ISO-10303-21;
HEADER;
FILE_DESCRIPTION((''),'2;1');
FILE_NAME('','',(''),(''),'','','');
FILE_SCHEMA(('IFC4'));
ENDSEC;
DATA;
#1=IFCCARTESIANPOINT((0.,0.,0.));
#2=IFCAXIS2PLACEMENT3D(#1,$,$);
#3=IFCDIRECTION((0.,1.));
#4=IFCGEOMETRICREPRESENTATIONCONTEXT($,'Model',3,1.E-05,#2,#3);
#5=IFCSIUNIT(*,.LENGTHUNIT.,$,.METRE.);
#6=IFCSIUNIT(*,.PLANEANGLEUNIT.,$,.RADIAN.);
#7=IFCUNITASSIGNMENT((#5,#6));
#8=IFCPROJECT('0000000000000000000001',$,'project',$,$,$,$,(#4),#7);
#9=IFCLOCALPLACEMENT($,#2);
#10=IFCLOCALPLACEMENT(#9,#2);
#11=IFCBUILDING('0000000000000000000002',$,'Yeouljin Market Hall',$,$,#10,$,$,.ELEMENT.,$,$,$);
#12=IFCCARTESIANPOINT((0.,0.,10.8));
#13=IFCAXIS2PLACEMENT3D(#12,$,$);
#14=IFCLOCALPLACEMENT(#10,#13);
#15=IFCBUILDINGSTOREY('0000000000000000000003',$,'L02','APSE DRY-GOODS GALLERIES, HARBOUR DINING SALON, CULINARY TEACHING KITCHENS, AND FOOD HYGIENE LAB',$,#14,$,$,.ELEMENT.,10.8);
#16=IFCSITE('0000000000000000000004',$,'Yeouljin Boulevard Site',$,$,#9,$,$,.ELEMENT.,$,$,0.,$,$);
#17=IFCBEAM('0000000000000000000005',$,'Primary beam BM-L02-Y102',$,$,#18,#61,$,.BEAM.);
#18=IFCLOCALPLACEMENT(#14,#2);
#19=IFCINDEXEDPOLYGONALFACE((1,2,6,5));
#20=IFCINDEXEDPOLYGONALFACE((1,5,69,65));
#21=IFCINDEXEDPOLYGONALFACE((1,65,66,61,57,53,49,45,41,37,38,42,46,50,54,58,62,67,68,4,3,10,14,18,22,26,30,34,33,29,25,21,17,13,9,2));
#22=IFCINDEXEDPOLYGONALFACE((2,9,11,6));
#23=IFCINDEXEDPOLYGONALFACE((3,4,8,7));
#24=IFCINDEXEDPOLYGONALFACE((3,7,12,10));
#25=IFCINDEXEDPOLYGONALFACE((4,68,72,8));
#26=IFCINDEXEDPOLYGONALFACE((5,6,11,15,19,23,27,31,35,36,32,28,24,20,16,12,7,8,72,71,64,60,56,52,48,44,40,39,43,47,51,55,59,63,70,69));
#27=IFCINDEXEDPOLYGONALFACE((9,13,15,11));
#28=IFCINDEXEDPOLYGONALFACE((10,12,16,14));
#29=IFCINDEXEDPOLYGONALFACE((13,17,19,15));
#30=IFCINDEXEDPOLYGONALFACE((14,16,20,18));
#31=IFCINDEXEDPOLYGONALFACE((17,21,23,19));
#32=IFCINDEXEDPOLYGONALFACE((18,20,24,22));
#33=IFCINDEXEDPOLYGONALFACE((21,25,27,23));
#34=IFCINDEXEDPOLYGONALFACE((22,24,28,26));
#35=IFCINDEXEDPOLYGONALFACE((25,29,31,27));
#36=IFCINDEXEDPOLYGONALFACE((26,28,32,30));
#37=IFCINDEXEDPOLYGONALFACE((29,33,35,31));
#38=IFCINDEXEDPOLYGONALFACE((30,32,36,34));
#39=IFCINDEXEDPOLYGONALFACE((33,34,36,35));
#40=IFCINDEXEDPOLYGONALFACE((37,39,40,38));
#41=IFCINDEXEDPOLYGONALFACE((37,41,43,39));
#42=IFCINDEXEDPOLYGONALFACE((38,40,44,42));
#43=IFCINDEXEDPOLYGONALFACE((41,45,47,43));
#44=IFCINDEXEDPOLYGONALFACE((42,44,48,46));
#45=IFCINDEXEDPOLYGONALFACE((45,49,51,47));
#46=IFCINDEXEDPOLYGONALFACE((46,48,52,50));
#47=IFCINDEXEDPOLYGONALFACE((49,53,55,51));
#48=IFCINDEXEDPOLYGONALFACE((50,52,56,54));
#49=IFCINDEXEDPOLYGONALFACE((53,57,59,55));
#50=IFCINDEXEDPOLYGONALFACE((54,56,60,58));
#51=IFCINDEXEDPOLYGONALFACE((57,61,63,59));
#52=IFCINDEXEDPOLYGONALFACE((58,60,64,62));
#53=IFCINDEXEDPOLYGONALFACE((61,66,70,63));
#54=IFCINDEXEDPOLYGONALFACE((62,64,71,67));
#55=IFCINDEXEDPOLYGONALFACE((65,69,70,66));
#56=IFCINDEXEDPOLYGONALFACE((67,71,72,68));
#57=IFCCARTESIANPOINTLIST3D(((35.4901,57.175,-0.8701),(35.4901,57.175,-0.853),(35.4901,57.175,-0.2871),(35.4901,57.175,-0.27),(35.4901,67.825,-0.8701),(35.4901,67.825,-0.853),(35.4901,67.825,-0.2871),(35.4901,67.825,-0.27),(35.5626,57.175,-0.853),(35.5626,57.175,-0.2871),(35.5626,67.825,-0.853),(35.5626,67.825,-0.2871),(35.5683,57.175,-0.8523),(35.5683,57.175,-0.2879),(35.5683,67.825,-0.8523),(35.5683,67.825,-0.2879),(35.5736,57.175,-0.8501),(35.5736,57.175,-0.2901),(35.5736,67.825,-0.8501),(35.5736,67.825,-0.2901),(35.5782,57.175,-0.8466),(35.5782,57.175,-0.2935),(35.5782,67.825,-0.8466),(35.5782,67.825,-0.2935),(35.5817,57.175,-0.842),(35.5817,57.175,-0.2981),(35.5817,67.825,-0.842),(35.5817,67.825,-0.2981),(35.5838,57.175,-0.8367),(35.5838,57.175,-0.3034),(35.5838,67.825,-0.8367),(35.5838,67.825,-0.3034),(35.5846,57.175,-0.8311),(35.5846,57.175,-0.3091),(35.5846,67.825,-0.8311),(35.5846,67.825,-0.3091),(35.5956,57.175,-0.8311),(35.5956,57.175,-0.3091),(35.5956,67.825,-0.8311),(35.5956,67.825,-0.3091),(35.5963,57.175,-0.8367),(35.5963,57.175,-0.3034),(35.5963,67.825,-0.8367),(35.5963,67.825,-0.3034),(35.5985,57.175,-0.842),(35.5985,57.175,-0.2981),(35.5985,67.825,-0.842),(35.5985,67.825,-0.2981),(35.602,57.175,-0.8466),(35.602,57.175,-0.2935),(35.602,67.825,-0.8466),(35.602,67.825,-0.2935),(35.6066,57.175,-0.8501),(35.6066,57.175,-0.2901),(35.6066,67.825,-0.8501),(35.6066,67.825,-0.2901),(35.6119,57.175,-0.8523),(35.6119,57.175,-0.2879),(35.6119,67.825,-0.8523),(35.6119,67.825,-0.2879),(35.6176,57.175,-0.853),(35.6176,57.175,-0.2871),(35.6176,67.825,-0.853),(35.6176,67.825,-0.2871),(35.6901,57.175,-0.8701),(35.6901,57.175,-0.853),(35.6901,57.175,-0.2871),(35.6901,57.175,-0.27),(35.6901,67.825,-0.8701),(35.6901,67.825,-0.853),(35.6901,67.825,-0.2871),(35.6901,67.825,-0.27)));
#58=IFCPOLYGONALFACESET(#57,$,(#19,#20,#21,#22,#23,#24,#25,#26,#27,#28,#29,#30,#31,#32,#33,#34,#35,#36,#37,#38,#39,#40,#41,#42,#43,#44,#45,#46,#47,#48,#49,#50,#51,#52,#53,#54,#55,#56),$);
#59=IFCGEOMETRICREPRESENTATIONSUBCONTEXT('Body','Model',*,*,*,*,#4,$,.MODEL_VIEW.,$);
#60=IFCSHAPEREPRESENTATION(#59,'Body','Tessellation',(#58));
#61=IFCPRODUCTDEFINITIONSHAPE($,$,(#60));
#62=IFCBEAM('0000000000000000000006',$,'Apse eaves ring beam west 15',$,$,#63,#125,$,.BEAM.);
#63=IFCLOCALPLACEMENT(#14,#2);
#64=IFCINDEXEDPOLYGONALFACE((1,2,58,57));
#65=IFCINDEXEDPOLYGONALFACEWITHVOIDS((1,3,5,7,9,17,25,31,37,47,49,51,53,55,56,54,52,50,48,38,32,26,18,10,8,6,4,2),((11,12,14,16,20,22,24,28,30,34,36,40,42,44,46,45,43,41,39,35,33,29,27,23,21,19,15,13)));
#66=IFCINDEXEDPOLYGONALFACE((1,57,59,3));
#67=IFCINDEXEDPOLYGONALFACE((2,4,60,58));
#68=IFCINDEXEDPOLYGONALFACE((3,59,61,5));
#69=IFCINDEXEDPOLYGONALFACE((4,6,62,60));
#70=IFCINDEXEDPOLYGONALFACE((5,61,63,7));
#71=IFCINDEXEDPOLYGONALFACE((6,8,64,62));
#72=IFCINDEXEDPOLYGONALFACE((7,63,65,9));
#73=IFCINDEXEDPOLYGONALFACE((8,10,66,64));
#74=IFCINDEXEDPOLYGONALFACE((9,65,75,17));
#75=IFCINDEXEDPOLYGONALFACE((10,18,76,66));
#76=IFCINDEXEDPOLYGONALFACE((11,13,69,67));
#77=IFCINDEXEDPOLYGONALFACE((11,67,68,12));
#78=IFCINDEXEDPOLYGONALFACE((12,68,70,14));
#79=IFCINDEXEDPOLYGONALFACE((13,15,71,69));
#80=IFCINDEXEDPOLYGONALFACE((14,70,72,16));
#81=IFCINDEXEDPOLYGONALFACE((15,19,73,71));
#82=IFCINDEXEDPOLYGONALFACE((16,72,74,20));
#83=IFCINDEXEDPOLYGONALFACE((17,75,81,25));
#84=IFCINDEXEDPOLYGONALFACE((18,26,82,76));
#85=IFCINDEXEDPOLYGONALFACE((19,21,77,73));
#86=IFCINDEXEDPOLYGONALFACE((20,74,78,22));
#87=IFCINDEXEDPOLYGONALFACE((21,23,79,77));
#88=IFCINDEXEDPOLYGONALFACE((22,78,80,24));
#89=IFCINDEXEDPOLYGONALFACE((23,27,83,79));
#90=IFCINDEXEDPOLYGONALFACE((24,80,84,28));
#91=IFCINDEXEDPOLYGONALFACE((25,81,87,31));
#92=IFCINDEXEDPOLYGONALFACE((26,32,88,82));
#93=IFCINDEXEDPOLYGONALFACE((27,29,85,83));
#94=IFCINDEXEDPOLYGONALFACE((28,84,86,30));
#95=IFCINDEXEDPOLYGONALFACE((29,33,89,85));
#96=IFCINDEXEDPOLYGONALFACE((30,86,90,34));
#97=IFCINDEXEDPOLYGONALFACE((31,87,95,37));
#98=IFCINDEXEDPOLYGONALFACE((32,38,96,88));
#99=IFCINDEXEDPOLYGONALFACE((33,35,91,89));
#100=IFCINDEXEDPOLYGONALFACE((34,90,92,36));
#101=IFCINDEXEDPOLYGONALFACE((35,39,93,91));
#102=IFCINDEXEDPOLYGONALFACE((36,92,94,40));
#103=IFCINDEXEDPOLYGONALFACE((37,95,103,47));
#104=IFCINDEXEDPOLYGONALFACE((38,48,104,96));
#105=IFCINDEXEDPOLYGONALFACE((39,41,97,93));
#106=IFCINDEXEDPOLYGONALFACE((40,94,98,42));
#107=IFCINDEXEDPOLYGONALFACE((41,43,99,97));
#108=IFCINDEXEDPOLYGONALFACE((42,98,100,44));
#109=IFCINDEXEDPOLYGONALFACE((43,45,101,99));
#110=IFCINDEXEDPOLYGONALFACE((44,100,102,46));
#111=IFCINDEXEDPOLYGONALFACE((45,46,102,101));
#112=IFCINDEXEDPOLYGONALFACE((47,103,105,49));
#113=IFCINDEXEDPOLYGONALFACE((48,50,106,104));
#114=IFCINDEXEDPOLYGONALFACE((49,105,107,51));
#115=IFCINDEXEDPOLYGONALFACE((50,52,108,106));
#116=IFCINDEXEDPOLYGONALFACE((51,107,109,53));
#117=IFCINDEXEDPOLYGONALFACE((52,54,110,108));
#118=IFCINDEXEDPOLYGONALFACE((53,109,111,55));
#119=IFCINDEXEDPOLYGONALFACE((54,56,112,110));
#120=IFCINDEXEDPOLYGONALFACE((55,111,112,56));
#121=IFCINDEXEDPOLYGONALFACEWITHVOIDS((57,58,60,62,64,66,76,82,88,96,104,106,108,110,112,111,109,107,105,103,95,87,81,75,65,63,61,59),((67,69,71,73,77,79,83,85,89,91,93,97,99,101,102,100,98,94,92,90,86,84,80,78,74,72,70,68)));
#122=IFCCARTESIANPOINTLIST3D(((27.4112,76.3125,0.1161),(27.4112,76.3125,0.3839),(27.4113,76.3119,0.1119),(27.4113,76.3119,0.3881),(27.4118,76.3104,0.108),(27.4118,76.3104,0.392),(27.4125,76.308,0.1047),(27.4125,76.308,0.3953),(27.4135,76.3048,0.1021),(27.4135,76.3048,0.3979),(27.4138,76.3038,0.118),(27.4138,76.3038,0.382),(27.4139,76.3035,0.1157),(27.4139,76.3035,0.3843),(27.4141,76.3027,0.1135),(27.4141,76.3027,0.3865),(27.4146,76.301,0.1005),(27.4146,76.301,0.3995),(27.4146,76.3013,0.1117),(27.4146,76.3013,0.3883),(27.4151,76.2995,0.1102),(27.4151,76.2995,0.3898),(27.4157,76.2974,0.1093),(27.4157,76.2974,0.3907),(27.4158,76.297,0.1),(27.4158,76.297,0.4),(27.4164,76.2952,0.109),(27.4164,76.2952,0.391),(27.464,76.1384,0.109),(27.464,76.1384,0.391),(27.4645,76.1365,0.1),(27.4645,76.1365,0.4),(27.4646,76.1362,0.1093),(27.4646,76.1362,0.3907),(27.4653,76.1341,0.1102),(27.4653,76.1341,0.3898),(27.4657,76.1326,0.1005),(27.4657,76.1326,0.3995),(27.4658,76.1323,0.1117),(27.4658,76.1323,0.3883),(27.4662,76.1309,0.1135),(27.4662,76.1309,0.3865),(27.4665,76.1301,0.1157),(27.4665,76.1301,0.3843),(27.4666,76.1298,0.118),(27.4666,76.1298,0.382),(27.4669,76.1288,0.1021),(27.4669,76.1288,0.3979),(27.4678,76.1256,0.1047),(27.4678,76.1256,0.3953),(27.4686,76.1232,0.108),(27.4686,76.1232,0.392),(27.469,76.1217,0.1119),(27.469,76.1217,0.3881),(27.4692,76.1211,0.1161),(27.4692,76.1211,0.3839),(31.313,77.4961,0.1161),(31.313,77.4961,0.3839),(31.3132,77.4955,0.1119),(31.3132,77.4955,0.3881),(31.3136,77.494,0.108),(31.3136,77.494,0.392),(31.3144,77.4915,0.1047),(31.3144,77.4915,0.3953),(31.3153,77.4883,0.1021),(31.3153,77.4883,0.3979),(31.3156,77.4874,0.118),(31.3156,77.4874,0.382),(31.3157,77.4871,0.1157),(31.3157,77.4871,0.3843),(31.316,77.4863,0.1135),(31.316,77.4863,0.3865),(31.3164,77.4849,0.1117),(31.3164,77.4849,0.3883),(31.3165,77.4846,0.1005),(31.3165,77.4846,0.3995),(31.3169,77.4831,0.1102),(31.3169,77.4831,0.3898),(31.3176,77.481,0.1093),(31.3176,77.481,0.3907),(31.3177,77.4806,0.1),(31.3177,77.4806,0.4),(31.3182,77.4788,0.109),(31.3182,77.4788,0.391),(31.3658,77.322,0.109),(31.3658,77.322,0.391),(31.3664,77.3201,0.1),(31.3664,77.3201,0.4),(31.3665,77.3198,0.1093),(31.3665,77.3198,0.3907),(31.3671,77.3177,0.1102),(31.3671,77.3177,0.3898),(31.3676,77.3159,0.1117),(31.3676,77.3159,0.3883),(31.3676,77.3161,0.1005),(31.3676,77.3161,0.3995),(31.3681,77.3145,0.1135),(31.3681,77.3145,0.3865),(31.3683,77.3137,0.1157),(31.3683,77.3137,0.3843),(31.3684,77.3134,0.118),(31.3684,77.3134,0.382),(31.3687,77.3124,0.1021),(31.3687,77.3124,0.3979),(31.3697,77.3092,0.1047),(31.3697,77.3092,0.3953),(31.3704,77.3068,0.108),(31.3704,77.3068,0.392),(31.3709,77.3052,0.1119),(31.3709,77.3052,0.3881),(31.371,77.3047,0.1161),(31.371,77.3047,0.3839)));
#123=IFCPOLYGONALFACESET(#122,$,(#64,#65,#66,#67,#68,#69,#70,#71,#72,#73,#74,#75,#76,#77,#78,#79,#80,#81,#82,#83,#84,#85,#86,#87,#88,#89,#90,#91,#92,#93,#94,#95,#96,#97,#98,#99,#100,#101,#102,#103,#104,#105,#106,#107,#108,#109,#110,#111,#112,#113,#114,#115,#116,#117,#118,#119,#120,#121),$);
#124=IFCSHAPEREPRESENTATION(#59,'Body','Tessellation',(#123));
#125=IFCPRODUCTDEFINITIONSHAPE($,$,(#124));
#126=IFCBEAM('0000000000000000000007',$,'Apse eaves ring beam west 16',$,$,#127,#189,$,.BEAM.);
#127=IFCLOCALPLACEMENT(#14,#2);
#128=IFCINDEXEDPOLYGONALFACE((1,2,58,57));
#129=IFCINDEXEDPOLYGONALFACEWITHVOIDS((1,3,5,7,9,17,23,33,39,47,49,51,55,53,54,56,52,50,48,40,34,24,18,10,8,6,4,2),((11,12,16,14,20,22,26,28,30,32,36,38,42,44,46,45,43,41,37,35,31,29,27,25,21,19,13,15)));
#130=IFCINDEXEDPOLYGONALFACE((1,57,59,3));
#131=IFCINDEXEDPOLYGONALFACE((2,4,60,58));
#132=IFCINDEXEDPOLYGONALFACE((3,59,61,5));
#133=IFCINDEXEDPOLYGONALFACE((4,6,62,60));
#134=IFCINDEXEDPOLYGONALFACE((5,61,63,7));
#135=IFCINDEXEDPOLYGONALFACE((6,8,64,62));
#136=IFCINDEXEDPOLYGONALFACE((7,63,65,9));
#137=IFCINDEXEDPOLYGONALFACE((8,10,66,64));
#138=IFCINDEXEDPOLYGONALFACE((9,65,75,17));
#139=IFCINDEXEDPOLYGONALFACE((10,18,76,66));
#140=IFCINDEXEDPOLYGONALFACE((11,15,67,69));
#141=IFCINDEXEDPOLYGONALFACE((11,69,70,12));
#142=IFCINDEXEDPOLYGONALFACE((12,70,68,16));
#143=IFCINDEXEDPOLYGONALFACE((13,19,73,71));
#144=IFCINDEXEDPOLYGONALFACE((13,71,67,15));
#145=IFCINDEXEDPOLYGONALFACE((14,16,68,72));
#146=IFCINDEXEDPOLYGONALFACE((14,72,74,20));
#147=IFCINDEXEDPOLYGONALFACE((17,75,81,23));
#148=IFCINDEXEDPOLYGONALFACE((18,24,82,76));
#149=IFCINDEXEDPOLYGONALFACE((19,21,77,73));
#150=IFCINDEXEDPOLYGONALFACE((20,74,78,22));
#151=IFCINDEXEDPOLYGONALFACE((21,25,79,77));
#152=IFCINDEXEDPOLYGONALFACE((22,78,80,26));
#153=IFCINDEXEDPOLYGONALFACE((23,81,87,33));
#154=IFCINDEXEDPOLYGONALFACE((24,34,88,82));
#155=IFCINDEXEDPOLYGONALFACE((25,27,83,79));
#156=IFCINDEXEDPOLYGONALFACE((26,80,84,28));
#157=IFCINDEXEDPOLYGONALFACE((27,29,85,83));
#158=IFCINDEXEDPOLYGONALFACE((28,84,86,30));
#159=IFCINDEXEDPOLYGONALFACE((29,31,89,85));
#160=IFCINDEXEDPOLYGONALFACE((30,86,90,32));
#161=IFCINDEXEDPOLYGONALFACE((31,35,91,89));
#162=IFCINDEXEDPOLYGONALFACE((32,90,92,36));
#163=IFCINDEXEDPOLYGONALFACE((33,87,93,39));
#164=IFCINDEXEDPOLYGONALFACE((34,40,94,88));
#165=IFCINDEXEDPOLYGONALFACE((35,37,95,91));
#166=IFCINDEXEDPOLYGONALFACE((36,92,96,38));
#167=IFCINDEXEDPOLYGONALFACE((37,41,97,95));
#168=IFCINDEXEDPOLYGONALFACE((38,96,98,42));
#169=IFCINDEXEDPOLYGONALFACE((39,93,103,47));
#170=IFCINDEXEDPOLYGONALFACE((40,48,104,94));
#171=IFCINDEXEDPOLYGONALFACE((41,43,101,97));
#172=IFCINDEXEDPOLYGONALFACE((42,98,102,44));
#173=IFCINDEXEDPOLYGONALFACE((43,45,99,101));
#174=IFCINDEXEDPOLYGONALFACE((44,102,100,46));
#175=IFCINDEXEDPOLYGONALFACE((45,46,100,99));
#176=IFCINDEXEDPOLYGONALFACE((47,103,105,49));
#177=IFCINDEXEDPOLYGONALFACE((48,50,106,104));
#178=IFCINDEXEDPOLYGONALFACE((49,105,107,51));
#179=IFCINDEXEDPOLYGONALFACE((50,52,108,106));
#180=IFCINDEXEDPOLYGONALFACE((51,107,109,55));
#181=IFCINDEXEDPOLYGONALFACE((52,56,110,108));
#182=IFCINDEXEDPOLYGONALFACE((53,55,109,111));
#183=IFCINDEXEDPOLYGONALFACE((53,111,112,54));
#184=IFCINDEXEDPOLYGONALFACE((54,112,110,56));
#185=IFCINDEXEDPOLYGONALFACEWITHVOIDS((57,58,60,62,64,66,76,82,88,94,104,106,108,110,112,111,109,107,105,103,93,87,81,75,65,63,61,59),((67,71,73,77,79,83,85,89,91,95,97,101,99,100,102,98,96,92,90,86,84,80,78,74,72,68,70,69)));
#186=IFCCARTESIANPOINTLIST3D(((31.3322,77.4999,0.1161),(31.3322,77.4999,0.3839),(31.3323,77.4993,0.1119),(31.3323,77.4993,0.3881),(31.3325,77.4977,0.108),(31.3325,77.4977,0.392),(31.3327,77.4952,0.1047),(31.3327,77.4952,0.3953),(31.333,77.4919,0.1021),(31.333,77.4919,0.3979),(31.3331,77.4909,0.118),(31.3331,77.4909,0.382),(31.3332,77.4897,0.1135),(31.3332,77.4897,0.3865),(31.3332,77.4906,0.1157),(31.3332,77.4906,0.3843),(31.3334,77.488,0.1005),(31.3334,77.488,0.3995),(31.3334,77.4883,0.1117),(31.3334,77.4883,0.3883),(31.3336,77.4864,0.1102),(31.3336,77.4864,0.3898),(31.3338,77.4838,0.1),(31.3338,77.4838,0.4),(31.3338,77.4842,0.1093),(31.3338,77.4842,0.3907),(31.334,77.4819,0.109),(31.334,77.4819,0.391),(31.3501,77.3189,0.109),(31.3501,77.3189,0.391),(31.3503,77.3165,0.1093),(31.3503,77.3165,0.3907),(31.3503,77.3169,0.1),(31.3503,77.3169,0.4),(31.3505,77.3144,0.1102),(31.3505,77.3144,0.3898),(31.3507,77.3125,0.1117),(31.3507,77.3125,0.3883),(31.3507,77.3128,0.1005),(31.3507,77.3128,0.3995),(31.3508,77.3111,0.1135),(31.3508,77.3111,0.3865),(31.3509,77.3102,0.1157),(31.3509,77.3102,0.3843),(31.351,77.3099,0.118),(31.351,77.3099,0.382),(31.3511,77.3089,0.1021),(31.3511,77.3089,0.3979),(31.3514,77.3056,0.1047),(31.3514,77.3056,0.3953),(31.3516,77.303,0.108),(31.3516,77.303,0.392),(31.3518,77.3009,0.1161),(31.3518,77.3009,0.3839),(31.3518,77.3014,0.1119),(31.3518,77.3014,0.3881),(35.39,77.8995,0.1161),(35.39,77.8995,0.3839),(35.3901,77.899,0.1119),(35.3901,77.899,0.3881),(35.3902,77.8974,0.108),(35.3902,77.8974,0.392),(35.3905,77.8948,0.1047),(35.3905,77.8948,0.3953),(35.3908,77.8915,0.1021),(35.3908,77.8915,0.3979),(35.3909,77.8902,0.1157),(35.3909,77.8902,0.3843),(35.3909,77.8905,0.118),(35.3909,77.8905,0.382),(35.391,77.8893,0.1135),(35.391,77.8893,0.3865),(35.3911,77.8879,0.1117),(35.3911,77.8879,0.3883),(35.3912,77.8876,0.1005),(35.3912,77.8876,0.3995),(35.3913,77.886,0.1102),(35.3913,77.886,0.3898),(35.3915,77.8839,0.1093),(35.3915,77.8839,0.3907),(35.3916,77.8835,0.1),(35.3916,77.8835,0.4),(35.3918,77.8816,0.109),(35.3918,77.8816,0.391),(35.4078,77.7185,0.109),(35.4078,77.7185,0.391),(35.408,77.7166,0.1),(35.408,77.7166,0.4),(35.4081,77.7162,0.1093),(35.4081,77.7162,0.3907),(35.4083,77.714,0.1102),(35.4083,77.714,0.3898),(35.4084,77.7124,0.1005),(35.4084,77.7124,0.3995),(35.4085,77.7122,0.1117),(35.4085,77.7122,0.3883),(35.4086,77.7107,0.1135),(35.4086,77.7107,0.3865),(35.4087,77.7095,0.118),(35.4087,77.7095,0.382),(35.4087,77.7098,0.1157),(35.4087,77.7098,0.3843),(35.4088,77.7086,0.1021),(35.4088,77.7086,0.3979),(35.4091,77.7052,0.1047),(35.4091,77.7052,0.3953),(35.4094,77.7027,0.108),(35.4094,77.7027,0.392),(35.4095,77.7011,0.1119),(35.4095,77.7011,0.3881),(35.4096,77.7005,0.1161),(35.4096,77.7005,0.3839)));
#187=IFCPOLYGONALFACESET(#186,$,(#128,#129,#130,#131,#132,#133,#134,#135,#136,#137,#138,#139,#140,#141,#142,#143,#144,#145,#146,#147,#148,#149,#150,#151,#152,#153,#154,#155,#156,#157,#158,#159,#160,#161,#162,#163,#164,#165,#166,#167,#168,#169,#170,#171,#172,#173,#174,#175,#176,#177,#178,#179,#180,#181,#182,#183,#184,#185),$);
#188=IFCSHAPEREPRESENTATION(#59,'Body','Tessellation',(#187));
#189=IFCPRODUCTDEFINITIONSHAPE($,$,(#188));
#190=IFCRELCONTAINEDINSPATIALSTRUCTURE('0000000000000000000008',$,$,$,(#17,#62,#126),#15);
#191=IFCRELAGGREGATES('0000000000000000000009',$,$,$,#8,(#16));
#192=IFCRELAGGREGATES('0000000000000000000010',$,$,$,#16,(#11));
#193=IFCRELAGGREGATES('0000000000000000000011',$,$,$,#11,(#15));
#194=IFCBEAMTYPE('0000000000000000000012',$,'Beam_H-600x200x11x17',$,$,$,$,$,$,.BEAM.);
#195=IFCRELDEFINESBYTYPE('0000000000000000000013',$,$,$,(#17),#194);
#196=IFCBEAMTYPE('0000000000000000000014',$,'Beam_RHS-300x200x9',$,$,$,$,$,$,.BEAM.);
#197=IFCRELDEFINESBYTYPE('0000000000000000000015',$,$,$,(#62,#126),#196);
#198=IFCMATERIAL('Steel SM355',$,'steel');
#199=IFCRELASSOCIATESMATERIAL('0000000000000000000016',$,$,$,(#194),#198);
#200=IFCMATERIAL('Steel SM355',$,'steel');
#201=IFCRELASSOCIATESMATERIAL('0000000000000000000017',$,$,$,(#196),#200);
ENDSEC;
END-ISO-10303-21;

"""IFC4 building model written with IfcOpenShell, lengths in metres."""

from ifc_helpers import new_model, si_unit, direction, frame, origin, origin_2d, place, context, subcontext, project, spatial, hollow_rectangle, i_section, extrude, material, material_profile, profile_set, type_object, element, save


model = new_model("IFC4")

# Units and contexts
model_context = context("Model", 3, precision=1e-05, world=origin(), true_north=direction((0.0, 1.0)))
body_context = subcontext(model_context, "Body", "Model", "MODEL_VIEW")
ifc_project = project(units=[si_unit("LENGTHUNIT", "METRE"), si_unit("PLANEANGLEUNIT", "RADIAN")], contexts=[model_context])

# Site, building, storey
site_placement = place(None, origin())
site = spatial("IfcSite", under=ifc_project, at=site_placement, Name="Yeouljin Boulevard Site", CompositionType="ELEMENT", RefElevation=0.0)
building_placement = place(site_placement, origin())
building = spatial("IfcBuilding", under=site, at=building_placement, Name="Yeouljin Market Hall", CompositionType="ELEMENT")
storey_placement = place(building_placement, frame((0.0, 0.0, 10.8)))
storey = spatial("IfcBuildingStorey", under=building, at=storey_placement, Name="L02", Description="APSE DRY-GOODS GALLERIES, HARBOUR DINING SALON, CULINARY TEACHING KITCHENS, AND FOOD HYGIENE LAB", CompositionType="ELEMENT", Elevation=10.8)

# Beams
ifc_material_1 = material(Name="Steel SM355", Category="steel")
ifc_material_profile_1 = material_profile(ifc_material_1, i_section(OverallWidth=0.2, OverallDepth=0.6001, WebThickness=0.011, FlangeThickness=0.0171, FilletRadius=0.022, at=origin_2d()), Name="H-600x200x11x17")
ifc_profile_set_1 = profile_set([ifc_material_profile_1], Name="Steel SM355")
beam_type_1 = type_object("IfcBeamType", Name="Beam_H-600x200x11x17", PredefinedType="BEAM", material=ifc_profile_set_1)
beam_1_placement = place(storey_placement, frame((35.5901, 57.175, -0.5701), z_axis=(0.0, 1.0, 0.0), x_axis=(-1.0, 0.0, 0.0)))
element("IfcBeam", 1, at=beam_1_placement, inside=storey, type_object=beam_type_1, Name="Primary beam BM-L02-Y102", PredefinedType="BEAM", context=body_context, shape_type="SweptSolid", body=[
    extrude(i_section(OverallWidth=0.2, OverallDepth=0.6001, WebThickness=0.011, FlangeThickness=0.0171, FilletRadius=0.022, at=origin_2d()), origin(), (0.0, 0.0, 1.0), 10.6499),
])
ifc_material_2 = material(Name="Steel SM355", Category="steel")
ifc_material_profile_2 = material_profile(ifc_material_2, hollow_rectangle(XDim=0.2, YDim=0.3, WallThickness=0.009, InnerFilletRadius=0.009, OuterFilletRadius=0.0161, at=origin_2d()), Name="RHS-300x200x9")
ifc_profile_set_2 = profile_set([ifc_material_profile_2], Name="Steel SM355")
beam_type_2 = type_object("IfcBeamType", Name="Beam_RHS-300x200x9", PredefinedType="BEAM", material=ifc_profile_set_2)
for number, where, z_axis, x_axis, name in (
    (2, (27.4402, 76.2168, 0.25), (0.956942, 0.29028, 0.0), (-0.29028, 0.956942, 0.0), "Apse eaves ring beam west 15"),
    (3, (31.342, 77.4004, 0.25), (0.995185, 0.098016, 0.0), (-0.098016, 0.995185, 0.0), "Apse eaves ring beam west 16"),
):
    element("IfcBeam", number, at=place(storey_placement, frame(where, z_axis=z_axis, x_axis=x_axis)), inside=storey, type_object=beam_type_2, Name=name, PredefinedType="BEAM", context=body_context, shape_type="SweptSolid", body=[
        extrude(hollow_rectangle(XDim=0.2, YDim=0.3, WallThickness=0.009, InnerFilletRadius=0.009, OuterFilletRadius=0.0161, at=origin_2d()), origin(), (0.0, 0.0, 1.0), 4.0774),
    ])

save(model, "model.ifc")
